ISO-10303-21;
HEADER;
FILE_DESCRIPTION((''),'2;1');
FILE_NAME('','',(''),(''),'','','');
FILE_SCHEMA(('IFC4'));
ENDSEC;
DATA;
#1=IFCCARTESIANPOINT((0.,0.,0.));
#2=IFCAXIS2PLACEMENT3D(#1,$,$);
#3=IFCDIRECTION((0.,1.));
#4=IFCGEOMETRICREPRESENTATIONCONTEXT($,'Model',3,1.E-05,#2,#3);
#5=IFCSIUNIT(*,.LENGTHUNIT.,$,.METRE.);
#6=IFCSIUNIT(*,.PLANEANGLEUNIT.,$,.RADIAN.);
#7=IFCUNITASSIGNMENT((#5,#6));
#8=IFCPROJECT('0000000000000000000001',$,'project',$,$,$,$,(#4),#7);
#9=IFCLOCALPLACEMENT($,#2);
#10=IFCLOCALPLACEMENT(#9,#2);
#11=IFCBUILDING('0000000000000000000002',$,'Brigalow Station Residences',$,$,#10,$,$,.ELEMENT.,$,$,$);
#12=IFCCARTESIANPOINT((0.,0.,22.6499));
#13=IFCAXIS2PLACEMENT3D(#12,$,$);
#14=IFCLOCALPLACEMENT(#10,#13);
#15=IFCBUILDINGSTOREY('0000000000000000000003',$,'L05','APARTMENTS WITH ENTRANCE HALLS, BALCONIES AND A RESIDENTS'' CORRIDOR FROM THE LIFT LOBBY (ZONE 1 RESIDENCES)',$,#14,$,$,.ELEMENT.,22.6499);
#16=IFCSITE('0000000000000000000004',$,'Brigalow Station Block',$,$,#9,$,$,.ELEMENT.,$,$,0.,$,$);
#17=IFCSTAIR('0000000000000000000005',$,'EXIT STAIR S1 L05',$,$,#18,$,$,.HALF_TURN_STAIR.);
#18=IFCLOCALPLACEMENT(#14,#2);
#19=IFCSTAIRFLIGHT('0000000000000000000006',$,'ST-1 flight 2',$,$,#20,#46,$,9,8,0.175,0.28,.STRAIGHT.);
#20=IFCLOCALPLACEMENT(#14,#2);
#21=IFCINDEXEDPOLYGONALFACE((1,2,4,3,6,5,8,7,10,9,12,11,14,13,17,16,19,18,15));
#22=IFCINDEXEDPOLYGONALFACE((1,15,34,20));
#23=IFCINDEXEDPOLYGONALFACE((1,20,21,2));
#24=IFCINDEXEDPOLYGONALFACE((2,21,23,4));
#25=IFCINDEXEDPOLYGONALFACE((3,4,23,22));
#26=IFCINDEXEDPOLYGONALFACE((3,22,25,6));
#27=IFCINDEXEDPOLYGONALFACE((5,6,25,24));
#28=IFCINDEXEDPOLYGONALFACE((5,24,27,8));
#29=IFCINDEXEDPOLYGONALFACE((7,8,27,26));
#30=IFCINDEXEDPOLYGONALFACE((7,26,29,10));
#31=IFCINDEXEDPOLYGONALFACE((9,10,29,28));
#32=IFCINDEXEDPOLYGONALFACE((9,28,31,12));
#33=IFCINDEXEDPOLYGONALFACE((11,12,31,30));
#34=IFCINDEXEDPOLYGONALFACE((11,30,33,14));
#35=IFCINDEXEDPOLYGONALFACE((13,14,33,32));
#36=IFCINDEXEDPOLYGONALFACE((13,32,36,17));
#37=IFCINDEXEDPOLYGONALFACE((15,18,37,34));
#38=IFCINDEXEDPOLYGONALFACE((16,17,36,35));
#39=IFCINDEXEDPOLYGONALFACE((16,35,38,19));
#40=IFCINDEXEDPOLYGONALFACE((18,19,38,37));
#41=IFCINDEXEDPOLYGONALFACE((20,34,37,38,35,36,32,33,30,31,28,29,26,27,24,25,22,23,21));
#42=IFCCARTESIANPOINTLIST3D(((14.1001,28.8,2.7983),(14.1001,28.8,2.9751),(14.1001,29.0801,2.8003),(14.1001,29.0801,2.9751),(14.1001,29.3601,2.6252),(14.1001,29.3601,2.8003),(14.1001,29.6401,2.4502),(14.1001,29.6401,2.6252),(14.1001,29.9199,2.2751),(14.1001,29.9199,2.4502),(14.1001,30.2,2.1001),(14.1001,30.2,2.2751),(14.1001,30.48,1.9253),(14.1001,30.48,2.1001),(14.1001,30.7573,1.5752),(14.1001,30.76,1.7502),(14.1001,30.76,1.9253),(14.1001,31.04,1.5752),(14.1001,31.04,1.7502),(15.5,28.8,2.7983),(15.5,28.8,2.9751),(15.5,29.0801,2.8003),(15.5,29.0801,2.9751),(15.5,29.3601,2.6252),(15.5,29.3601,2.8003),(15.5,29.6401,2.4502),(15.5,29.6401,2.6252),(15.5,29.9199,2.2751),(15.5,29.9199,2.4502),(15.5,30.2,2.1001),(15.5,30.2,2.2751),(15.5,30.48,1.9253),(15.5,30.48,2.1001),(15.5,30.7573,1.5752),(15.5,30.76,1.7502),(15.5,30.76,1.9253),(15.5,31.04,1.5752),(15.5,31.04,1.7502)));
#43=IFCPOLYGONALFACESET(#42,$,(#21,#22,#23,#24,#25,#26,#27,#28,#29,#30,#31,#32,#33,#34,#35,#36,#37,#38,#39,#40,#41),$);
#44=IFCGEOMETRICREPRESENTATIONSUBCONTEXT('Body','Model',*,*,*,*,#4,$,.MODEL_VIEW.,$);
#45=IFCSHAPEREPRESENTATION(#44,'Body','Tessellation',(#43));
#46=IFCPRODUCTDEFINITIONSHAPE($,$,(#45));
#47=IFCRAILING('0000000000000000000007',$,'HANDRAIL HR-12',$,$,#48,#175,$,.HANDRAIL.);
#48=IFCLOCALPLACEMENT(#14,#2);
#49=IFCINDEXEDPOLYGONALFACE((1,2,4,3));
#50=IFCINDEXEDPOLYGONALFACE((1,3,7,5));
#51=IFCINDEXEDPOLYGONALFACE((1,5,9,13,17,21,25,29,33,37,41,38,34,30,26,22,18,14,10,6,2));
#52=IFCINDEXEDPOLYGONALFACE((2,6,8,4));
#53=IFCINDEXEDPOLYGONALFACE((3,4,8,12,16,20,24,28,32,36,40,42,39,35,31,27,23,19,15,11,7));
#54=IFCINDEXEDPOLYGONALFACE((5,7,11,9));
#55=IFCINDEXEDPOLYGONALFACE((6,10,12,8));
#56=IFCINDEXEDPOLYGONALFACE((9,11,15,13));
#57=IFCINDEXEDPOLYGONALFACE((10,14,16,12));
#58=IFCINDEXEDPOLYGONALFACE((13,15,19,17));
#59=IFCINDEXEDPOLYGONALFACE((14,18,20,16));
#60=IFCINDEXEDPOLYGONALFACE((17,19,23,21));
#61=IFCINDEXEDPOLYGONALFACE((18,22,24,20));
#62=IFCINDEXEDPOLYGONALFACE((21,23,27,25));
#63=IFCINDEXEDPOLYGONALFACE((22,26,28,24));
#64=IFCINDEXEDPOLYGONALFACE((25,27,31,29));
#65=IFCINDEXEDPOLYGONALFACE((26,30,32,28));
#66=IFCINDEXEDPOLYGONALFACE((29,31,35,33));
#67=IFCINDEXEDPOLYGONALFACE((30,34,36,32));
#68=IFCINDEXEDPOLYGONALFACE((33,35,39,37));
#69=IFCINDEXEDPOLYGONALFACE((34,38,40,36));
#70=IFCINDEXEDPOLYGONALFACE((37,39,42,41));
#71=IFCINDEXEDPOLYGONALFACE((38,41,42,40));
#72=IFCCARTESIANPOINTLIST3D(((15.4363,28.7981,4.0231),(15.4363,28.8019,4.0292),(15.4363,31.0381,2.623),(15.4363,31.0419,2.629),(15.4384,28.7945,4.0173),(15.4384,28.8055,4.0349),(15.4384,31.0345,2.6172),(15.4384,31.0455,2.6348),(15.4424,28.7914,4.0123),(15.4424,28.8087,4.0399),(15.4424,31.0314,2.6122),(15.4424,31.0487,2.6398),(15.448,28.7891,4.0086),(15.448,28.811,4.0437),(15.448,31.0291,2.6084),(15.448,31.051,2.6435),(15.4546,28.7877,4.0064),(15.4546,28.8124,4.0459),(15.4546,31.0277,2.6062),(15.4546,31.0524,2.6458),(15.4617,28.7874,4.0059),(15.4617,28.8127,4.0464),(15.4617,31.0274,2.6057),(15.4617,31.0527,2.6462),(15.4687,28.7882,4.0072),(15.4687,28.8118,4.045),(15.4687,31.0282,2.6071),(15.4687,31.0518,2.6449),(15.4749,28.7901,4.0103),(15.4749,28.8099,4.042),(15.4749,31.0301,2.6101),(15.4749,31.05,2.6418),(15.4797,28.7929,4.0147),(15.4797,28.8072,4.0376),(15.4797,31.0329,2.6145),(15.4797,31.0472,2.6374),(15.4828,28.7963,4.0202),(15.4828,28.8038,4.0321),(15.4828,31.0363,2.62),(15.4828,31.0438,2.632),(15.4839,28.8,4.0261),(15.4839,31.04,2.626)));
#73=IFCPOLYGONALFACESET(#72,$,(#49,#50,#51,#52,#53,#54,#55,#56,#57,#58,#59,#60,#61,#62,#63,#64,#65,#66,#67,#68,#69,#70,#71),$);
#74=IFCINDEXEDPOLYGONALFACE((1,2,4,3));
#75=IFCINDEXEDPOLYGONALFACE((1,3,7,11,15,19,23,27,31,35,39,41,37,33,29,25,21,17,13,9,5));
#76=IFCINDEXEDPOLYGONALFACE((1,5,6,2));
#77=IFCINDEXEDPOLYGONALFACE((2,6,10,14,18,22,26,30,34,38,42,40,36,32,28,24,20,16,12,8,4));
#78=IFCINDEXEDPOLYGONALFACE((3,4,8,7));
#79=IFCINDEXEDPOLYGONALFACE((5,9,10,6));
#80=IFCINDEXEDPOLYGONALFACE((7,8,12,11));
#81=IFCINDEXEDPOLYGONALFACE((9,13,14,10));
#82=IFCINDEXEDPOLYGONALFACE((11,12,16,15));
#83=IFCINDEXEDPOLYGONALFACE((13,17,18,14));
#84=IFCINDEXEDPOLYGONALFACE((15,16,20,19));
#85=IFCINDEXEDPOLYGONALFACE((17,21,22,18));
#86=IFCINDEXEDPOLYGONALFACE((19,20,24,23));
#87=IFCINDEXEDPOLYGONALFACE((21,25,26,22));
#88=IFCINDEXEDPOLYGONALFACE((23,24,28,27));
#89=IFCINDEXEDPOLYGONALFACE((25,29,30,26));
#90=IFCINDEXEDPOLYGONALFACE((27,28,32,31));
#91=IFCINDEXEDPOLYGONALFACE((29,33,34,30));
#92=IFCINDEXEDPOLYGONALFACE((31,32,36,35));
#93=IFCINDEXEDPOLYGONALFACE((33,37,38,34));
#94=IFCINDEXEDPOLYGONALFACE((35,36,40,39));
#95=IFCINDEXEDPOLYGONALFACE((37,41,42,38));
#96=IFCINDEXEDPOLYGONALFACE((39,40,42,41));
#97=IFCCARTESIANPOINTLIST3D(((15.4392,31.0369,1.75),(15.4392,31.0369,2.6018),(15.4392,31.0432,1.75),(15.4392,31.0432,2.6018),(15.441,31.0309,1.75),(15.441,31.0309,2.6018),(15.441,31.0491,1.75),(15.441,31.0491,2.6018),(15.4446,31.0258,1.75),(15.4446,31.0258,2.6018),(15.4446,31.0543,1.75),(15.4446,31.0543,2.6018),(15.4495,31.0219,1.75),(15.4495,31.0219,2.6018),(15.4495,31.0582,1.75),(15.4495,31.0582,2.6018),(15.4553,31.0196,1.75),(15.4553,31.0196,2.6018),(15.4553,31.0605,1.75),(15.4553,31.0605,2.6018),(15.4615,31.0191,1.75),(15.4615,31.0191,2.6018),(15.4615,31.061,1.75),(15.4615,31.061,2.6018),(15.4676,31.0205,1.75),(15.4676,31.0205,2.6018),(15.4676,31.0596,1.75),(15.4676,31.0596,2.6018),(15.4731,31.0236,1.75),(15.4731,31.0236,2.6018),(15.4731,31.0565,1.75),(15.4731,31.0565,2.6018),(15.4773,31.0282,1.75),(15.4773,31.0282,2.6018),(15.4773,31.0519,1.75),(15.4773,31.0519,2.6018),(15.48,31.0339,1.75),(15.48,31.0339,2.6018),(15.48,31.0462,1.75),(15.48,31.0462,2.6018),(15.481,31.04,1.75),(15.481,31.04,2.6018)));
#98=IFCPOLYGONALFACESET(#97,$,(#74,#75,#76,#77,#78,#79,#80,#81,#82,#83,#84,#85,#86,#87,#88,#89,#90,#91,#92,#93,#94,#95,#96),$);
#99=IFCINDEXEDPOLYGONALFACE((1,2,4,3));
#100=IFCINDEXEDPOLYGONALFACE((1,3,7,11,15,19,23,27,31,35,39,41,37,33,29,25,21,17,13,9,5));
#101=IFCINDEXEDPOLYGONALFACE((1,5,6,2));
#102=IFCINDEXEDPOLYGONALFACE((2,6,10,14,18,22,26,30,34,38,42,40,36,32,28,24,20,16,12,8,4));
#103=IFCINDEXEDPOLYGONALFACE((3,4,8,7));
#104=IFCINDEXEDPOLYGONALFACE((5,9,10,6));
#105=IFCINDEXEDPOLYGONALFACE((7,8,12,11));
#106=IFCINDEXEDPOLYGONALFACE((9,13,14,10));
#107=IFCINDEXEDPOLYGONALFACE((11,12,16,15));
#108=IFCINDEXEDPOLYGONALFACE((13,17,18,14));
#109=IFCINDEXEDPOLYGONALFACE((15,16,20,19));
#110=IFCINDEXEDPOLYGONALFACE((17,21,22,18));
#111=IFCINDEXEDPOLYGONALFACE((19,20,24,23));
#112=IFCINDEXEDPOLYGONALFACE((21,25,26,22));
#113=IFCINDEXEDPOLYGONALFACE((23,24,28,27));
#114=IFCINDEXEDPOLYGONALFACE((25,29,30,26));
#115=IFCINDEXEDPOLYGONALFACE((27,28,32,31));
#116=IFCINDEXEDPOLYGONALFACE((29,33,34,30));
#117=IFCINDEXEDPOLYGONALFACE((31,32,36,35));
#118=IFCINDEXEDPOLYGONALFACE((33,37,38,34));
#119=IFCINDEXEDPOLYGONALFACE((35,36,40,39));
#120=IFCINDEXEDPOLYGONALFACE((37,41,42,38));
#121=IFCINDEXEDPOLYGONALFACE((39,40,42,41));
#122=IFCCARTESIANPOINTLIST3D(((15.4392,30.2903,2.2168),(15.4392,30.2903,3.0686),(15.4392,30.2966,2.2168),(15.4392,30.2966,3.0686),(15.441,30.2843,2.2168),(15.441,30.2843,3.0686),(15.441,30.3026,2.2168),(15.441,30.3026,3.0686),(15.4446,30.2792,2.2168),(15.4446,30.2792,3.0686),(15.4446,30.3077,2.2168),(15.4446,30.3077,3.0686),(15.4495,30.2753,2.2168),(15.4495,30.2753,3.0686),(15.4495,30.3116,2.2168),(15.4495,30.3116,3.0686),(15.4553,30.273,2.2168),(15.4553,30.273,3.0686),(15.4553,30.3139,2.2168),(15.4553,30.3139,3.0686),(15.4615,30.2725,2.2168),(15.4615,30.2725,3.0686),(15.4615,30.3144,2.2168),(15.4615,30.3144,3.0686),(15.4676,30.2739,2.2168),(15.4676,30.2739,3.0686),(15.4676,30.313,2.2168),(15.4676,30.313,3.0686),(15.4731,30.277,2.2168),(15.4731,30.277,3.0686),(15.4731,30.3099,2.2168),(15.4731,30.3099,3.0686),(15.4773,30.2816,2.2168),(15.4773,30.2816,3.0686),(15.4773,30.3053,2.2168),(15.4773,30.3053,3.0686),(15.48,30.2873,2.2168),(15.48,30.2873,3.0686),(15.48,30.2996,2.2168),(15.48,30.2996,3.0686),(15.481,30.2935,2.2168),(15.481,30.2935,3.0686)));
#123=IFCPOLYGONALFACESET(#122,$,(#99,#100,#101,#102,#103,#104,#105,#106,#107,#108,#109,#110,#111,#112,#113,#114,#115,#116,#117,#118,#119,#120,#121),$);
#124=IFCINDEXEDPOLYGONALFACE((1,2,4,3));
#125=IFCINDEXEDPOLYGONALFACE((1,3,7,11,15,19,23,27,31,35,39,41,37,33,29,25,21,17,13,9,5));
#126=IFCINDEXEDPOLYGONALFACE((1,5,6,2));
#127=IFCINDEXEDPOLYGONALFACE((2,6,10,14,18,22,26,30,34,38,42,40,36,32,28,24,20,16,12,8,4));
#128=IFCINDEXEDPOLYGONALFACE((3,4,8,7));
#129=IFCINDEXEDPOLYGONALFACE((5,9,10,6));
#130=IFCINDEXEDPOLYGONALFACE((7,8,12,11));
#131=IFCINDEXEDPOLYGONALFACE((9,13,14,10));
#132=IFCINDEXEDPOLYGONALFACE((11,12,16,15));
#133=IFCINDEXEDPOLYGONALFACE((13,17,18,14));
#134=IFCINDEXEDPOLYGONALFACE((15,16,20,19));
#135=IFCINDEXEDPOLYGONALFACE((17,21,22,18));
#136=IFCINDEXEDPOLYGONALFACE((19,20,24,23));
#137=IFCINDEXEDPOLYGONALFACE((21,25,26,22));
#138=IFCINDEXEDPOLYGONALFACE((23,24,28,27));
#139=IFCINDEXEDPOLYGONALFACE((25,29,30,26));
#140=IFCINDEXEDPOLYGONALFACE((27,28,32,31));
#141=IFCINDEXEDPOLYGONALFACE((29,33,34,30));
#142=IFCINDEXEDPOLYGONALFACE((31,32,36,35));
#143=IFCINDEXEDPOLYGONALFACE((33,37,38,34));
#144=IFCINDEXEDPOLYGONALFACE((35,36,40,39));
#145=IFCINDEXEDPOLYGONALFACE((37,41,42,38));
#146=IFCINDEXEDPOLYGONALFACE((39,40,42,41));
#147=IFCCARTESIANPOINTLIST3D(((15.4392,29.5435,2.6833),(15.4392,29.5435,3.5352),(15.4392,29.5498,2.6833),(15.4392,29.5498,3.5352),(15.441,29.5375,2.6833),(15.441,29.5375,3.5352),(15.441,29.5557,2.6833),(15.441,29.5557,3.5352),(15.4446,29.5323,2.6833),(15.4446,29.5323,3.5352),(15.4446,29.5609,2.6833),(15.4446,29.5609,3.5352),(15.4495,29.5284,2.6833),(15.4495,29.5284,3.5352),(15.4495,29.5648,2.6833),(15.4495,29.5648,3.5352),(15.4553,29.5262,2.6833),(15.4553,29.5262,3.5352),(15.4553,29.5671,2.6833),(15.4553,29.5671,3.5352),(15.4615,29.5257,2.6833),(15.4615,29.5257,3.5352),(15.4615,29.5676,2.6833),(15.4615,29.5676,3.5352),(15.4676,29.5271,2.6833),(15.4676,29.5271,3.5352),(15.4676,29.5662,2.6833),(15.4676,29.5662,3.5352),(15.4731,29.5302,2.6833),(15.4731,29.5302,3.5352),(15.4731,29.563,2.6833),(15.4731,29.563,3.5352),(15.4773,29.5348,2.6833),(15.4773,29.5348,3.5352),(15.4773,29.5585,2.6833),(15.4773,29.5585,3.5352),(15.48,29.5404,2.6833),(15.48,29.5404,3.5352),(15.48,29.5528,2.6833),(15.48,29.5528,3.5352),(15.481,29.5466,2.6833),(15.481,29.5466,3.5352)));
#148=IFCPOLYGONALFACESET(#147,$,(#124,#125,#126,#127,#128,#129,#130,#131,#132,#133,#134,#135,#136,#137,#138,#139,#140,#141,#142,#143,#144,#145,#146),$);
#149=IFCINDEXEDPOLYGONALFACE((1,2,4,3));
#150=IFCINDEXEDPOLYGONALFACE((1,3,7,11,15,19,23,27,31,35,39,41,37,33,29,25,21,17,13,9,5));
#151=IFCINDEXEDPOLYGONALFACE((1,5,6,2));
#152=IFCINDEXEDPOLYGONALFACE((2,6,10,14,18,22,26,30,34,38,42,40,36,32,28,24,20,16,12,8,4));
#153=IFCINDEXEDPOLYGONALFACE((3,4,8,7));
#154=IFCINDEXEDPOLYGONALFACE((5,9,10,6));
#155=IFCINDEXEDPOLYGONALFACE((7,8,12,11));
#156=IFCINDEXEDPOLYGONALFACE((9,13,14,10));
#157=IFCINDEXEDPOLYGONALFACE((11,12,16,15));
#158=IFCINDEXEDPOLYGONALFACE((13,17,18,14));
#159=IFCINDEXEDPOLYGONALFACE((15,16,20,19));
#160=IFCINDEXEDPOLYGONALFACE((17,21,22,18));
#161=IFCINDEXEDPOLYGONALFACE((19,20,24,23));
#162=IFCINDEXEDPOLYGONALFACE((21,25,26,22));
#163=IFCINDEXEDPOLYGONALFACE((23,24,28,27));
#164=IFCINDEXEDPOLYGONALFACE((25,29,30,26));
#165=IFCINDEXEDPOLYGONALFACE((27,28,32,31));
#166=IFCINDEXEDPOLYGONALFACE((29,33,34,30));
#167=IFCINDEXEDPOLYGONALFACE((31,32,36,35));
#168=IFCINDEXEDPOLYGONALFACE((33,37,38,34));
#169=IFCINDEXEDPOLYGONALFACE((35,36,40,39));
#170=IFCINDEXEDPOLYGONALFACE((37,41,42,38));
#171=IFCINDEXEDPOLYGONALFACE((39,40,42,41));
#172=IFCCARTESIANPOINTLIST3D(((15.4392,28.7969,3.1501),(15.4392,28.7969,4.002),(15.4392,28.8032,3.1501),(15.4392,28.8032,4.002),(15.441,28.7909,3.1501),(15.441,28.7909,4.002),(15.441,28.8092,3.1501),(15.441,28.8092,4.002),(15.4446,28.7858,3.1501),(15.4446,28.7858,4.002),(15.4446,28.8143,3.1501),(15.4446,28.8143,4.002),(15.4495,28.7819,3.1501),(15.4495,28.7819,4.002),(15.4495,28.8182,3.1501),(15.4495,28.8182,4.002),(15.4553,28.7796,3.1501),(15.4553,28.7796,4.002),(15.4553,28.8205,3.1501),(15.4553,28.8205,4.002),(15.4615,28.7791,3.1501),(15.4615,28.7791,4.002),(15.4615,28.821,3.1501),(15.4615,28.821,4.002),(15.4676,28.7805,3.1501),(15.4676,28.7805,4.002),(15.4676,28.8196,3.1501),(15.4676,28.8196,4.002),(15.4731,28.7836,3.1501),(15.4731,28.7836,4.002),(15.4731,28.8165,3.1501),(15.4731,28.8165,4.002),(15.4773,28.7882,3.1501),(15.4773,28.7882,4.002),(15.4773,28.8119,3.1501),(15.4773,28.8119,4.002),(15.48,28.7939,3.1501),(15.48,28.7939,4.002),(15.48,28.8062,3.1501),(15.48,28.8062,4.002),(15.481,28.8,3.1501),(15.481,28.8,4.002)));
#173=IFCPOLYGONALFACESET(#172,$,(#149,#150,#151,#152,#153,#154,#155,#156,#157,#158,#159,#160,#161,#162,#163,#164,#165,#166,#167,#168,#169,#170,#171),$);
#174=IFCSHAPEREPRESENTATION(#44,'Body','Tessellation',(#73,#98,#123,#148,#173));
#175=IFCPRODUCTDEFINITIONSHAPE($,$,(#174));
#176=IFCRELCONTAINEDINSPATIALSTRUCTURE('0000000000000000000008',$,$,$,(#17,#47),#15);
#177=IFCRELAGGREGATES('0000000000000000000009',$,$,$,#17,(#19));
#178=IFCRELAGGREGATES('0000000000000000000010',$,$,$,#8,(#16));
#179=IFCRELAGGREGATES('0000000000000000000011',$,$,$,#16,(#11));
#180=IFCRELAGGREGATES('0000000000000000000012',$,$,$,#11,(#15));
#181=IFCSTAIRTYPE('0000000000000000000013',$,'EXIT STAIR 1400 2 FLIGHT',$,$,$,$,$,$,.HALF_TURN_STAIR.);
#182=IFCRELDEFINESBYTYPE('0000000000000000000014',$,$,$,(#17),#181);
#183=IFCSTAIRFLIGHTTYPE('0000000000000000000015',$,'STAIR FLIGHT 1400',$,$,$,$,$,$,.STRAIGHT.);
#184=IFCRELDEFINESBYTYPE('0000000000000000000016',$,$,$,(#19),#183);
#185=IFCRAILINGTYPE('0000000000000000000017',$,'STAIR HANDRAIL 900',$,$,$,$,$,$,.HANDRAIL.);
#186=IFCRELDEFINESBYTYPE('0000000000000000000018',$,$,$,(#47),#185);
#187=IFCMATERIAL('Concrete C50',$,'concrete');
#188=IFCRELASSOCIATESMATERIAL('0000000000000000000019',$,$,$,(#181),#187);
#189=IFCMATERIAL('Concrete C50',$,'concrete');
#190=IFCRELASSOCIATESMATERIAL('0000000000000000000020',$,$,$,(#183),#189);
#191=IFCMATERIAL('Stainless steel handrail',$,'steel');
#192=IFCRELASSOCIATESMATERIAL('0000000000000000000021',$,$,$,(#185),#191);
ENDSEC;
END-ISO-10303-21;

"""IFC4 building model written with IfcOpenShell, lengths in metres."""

from ifc_helpers import new_model, si_unit, direction, frame, origin, origin_2d, place, context, subcontext, project, spatial, polyline, circle, outline, extrude, material, type_object, element, aggregate, save


model = new_model("IFC4")

# Units and contexts
model_context = context("Model", 3, precision=1e-05, world=origin(), true_north=direction((0.0, 1.0)))
body_context = subcontext(model_context, "Body", "Model", "MODEL_VIEW")
ifc_project = project(units=[si_unit("LENGTHUNIT", "METRE"), si_unit("PLANEANGLEUNIT", "RADIAN")], contexts=[model_context])

# Site, building, storey
site_placement = place(None, origin())
site = spatial("IfcSite", under=ifc_project, at=site_placement, Name="Brigalow Station Block", CompositionType="ELEMENT", RefElevation=0.0)
building_placement = place(site_placement, origin())
building = spatial("IfcBuilding", under=site, at=building_placement, Name="Brigalow Station Residences", CompositionType="ELEMENT")
storey_placement = place(building_placement, frame((0.0, 0.0, 22.6499)))
storey = spatial("IfcBuildingStorey", under=building, at=storey_placement, Name="L05", Description="APARTMENTS WITH ENTRANCE HALLS, BALCONIES AND A RESIDENTS' CORRIDOR FROM THE LIFT LOBBY (ZONE 1 RESIDENCES)", CompositionType="ELEMENT", Elevation=22.6499)

# Stair, stair flight
ifc_material_1 = material(Name="Concrete C50", Category="concrete")
stair_type = type_object("IfcStairType", Name="EXIT STAIR 1400 2 FLIGHT", PredefinedType="HALF_TURN_STAIR", material=ifc_material_1)
stair_placement = place(storey_placement, origin())
stair = element("IfcStair", 1, at=stair_placement, inside=storey, type_object=stair_type, Name="EXIT STAIR S1 L05", PredefinedType="HALF_TURN_STAIR")
ifc_material_2 = material(Name="Concrete C50", Category="concrete")
stair_flight_type = type_object("IfcStairFlightType", Name="STAIR FLIGHT 1400", PredefinedType="STRAIGHT", material=ifc_material_2)
stair_flight_placement = place(storey_placement, frame((14.8, 31.04, 1.5752), z_axis=(0.0, 0.0, 1.0), x_axis=(0.0, -1.0, 0.0)))
stair_flight = element("IfcStairFlight", 2, at=stair_flight_placement, type_object=stair_flight_type, Name="ST-1 flight 2", NumberOfRisers=9, NumberOfTreads=8, PredefinedType="STRAIGHT", RiserHeight=0.175, TreadLength=0.28, context=body_context, shape_type="SweptSolid", body=[
    extrude(outline(polyline([(0.0, 0.0), (0.0, 0.175), (0.28, 0.175), (0.28, 0.3501), (0.5601, 0.3501), (0.5601, 0.5249), (0.8401, 0.5249), (0.8401, 0.7), (1.1201, 0.7), (1.1201, 0.875), (1.3999, 0.875), (1.3999, 1.05), (1.6799, 1.05), (1.6799, 1.2251), (1.96, 1.2251), (1.96, 1.3999), (2.24, 1.3999), (2.24, 1.575), (2.24, 1.2231), (0.2827, 0.0), (0.0, 0.0)])), frame((0.0, 0.7, 0.0), z_axis=(0.0, -1.0, 0.0), x_axis=(1.0, 0.0, 0.0)), (0.0, 0.0, 1.0), 1.3999),
])
aggregate(stair, [stair_flight])

# Railing
ifc_material_3 = material(Name="Stainless steel handrail", Category="steel")
railing_type_1 = type_object("IfcRailingType", Name="STAIR HANDRAIL 900", PredefinedType="HANDRAIL", material=ifc_material_3)
railing_1_placement = place(storey_placement, frame((15.46, 31.04, 1.75)))
element("IfcRailing", 3, at=railing_1_placement, inside=storey, type_object=railing_type_1, Name="HANDRAIL HR-12", PredefinedType="HANDRAIL", context=body_context, shape_type="SweptSolid", body=[
    extrude(circle(Radius=0.0239, at=origin_2d()), frame((0.0, 0.0, 0.876), z_axis=(0.0, -0.847972, 0.53004), x_axis=(1.0, 0.0, 0.0)), (0.0, 0.0, 1.0), 2.6416),
    extrude(circle(Radius=0.021, at=origin_2d()), origin(), (0.0, 0.0, 1.0), 0.8518),
    extrude(circle(Radius=0.021, at=origin_2d()), frame((0.0, -0.7466, 0.4668)), (0.0, 0.0, 1.0), 0.8518),
    extrude(circle(Radius=0.021, at=origin_2d()), frame((0.0, -1.4934, 0.9333)), (0.0, 0.0, 1.0), 0.8518),
    extrude(circle(Radius=0.021, at=origin_2d()), frame((0.0, -2.24, 1.4001)), (0.0, 0.0, 1.0), 0.8518),
])

save(model, "model.ifc")
